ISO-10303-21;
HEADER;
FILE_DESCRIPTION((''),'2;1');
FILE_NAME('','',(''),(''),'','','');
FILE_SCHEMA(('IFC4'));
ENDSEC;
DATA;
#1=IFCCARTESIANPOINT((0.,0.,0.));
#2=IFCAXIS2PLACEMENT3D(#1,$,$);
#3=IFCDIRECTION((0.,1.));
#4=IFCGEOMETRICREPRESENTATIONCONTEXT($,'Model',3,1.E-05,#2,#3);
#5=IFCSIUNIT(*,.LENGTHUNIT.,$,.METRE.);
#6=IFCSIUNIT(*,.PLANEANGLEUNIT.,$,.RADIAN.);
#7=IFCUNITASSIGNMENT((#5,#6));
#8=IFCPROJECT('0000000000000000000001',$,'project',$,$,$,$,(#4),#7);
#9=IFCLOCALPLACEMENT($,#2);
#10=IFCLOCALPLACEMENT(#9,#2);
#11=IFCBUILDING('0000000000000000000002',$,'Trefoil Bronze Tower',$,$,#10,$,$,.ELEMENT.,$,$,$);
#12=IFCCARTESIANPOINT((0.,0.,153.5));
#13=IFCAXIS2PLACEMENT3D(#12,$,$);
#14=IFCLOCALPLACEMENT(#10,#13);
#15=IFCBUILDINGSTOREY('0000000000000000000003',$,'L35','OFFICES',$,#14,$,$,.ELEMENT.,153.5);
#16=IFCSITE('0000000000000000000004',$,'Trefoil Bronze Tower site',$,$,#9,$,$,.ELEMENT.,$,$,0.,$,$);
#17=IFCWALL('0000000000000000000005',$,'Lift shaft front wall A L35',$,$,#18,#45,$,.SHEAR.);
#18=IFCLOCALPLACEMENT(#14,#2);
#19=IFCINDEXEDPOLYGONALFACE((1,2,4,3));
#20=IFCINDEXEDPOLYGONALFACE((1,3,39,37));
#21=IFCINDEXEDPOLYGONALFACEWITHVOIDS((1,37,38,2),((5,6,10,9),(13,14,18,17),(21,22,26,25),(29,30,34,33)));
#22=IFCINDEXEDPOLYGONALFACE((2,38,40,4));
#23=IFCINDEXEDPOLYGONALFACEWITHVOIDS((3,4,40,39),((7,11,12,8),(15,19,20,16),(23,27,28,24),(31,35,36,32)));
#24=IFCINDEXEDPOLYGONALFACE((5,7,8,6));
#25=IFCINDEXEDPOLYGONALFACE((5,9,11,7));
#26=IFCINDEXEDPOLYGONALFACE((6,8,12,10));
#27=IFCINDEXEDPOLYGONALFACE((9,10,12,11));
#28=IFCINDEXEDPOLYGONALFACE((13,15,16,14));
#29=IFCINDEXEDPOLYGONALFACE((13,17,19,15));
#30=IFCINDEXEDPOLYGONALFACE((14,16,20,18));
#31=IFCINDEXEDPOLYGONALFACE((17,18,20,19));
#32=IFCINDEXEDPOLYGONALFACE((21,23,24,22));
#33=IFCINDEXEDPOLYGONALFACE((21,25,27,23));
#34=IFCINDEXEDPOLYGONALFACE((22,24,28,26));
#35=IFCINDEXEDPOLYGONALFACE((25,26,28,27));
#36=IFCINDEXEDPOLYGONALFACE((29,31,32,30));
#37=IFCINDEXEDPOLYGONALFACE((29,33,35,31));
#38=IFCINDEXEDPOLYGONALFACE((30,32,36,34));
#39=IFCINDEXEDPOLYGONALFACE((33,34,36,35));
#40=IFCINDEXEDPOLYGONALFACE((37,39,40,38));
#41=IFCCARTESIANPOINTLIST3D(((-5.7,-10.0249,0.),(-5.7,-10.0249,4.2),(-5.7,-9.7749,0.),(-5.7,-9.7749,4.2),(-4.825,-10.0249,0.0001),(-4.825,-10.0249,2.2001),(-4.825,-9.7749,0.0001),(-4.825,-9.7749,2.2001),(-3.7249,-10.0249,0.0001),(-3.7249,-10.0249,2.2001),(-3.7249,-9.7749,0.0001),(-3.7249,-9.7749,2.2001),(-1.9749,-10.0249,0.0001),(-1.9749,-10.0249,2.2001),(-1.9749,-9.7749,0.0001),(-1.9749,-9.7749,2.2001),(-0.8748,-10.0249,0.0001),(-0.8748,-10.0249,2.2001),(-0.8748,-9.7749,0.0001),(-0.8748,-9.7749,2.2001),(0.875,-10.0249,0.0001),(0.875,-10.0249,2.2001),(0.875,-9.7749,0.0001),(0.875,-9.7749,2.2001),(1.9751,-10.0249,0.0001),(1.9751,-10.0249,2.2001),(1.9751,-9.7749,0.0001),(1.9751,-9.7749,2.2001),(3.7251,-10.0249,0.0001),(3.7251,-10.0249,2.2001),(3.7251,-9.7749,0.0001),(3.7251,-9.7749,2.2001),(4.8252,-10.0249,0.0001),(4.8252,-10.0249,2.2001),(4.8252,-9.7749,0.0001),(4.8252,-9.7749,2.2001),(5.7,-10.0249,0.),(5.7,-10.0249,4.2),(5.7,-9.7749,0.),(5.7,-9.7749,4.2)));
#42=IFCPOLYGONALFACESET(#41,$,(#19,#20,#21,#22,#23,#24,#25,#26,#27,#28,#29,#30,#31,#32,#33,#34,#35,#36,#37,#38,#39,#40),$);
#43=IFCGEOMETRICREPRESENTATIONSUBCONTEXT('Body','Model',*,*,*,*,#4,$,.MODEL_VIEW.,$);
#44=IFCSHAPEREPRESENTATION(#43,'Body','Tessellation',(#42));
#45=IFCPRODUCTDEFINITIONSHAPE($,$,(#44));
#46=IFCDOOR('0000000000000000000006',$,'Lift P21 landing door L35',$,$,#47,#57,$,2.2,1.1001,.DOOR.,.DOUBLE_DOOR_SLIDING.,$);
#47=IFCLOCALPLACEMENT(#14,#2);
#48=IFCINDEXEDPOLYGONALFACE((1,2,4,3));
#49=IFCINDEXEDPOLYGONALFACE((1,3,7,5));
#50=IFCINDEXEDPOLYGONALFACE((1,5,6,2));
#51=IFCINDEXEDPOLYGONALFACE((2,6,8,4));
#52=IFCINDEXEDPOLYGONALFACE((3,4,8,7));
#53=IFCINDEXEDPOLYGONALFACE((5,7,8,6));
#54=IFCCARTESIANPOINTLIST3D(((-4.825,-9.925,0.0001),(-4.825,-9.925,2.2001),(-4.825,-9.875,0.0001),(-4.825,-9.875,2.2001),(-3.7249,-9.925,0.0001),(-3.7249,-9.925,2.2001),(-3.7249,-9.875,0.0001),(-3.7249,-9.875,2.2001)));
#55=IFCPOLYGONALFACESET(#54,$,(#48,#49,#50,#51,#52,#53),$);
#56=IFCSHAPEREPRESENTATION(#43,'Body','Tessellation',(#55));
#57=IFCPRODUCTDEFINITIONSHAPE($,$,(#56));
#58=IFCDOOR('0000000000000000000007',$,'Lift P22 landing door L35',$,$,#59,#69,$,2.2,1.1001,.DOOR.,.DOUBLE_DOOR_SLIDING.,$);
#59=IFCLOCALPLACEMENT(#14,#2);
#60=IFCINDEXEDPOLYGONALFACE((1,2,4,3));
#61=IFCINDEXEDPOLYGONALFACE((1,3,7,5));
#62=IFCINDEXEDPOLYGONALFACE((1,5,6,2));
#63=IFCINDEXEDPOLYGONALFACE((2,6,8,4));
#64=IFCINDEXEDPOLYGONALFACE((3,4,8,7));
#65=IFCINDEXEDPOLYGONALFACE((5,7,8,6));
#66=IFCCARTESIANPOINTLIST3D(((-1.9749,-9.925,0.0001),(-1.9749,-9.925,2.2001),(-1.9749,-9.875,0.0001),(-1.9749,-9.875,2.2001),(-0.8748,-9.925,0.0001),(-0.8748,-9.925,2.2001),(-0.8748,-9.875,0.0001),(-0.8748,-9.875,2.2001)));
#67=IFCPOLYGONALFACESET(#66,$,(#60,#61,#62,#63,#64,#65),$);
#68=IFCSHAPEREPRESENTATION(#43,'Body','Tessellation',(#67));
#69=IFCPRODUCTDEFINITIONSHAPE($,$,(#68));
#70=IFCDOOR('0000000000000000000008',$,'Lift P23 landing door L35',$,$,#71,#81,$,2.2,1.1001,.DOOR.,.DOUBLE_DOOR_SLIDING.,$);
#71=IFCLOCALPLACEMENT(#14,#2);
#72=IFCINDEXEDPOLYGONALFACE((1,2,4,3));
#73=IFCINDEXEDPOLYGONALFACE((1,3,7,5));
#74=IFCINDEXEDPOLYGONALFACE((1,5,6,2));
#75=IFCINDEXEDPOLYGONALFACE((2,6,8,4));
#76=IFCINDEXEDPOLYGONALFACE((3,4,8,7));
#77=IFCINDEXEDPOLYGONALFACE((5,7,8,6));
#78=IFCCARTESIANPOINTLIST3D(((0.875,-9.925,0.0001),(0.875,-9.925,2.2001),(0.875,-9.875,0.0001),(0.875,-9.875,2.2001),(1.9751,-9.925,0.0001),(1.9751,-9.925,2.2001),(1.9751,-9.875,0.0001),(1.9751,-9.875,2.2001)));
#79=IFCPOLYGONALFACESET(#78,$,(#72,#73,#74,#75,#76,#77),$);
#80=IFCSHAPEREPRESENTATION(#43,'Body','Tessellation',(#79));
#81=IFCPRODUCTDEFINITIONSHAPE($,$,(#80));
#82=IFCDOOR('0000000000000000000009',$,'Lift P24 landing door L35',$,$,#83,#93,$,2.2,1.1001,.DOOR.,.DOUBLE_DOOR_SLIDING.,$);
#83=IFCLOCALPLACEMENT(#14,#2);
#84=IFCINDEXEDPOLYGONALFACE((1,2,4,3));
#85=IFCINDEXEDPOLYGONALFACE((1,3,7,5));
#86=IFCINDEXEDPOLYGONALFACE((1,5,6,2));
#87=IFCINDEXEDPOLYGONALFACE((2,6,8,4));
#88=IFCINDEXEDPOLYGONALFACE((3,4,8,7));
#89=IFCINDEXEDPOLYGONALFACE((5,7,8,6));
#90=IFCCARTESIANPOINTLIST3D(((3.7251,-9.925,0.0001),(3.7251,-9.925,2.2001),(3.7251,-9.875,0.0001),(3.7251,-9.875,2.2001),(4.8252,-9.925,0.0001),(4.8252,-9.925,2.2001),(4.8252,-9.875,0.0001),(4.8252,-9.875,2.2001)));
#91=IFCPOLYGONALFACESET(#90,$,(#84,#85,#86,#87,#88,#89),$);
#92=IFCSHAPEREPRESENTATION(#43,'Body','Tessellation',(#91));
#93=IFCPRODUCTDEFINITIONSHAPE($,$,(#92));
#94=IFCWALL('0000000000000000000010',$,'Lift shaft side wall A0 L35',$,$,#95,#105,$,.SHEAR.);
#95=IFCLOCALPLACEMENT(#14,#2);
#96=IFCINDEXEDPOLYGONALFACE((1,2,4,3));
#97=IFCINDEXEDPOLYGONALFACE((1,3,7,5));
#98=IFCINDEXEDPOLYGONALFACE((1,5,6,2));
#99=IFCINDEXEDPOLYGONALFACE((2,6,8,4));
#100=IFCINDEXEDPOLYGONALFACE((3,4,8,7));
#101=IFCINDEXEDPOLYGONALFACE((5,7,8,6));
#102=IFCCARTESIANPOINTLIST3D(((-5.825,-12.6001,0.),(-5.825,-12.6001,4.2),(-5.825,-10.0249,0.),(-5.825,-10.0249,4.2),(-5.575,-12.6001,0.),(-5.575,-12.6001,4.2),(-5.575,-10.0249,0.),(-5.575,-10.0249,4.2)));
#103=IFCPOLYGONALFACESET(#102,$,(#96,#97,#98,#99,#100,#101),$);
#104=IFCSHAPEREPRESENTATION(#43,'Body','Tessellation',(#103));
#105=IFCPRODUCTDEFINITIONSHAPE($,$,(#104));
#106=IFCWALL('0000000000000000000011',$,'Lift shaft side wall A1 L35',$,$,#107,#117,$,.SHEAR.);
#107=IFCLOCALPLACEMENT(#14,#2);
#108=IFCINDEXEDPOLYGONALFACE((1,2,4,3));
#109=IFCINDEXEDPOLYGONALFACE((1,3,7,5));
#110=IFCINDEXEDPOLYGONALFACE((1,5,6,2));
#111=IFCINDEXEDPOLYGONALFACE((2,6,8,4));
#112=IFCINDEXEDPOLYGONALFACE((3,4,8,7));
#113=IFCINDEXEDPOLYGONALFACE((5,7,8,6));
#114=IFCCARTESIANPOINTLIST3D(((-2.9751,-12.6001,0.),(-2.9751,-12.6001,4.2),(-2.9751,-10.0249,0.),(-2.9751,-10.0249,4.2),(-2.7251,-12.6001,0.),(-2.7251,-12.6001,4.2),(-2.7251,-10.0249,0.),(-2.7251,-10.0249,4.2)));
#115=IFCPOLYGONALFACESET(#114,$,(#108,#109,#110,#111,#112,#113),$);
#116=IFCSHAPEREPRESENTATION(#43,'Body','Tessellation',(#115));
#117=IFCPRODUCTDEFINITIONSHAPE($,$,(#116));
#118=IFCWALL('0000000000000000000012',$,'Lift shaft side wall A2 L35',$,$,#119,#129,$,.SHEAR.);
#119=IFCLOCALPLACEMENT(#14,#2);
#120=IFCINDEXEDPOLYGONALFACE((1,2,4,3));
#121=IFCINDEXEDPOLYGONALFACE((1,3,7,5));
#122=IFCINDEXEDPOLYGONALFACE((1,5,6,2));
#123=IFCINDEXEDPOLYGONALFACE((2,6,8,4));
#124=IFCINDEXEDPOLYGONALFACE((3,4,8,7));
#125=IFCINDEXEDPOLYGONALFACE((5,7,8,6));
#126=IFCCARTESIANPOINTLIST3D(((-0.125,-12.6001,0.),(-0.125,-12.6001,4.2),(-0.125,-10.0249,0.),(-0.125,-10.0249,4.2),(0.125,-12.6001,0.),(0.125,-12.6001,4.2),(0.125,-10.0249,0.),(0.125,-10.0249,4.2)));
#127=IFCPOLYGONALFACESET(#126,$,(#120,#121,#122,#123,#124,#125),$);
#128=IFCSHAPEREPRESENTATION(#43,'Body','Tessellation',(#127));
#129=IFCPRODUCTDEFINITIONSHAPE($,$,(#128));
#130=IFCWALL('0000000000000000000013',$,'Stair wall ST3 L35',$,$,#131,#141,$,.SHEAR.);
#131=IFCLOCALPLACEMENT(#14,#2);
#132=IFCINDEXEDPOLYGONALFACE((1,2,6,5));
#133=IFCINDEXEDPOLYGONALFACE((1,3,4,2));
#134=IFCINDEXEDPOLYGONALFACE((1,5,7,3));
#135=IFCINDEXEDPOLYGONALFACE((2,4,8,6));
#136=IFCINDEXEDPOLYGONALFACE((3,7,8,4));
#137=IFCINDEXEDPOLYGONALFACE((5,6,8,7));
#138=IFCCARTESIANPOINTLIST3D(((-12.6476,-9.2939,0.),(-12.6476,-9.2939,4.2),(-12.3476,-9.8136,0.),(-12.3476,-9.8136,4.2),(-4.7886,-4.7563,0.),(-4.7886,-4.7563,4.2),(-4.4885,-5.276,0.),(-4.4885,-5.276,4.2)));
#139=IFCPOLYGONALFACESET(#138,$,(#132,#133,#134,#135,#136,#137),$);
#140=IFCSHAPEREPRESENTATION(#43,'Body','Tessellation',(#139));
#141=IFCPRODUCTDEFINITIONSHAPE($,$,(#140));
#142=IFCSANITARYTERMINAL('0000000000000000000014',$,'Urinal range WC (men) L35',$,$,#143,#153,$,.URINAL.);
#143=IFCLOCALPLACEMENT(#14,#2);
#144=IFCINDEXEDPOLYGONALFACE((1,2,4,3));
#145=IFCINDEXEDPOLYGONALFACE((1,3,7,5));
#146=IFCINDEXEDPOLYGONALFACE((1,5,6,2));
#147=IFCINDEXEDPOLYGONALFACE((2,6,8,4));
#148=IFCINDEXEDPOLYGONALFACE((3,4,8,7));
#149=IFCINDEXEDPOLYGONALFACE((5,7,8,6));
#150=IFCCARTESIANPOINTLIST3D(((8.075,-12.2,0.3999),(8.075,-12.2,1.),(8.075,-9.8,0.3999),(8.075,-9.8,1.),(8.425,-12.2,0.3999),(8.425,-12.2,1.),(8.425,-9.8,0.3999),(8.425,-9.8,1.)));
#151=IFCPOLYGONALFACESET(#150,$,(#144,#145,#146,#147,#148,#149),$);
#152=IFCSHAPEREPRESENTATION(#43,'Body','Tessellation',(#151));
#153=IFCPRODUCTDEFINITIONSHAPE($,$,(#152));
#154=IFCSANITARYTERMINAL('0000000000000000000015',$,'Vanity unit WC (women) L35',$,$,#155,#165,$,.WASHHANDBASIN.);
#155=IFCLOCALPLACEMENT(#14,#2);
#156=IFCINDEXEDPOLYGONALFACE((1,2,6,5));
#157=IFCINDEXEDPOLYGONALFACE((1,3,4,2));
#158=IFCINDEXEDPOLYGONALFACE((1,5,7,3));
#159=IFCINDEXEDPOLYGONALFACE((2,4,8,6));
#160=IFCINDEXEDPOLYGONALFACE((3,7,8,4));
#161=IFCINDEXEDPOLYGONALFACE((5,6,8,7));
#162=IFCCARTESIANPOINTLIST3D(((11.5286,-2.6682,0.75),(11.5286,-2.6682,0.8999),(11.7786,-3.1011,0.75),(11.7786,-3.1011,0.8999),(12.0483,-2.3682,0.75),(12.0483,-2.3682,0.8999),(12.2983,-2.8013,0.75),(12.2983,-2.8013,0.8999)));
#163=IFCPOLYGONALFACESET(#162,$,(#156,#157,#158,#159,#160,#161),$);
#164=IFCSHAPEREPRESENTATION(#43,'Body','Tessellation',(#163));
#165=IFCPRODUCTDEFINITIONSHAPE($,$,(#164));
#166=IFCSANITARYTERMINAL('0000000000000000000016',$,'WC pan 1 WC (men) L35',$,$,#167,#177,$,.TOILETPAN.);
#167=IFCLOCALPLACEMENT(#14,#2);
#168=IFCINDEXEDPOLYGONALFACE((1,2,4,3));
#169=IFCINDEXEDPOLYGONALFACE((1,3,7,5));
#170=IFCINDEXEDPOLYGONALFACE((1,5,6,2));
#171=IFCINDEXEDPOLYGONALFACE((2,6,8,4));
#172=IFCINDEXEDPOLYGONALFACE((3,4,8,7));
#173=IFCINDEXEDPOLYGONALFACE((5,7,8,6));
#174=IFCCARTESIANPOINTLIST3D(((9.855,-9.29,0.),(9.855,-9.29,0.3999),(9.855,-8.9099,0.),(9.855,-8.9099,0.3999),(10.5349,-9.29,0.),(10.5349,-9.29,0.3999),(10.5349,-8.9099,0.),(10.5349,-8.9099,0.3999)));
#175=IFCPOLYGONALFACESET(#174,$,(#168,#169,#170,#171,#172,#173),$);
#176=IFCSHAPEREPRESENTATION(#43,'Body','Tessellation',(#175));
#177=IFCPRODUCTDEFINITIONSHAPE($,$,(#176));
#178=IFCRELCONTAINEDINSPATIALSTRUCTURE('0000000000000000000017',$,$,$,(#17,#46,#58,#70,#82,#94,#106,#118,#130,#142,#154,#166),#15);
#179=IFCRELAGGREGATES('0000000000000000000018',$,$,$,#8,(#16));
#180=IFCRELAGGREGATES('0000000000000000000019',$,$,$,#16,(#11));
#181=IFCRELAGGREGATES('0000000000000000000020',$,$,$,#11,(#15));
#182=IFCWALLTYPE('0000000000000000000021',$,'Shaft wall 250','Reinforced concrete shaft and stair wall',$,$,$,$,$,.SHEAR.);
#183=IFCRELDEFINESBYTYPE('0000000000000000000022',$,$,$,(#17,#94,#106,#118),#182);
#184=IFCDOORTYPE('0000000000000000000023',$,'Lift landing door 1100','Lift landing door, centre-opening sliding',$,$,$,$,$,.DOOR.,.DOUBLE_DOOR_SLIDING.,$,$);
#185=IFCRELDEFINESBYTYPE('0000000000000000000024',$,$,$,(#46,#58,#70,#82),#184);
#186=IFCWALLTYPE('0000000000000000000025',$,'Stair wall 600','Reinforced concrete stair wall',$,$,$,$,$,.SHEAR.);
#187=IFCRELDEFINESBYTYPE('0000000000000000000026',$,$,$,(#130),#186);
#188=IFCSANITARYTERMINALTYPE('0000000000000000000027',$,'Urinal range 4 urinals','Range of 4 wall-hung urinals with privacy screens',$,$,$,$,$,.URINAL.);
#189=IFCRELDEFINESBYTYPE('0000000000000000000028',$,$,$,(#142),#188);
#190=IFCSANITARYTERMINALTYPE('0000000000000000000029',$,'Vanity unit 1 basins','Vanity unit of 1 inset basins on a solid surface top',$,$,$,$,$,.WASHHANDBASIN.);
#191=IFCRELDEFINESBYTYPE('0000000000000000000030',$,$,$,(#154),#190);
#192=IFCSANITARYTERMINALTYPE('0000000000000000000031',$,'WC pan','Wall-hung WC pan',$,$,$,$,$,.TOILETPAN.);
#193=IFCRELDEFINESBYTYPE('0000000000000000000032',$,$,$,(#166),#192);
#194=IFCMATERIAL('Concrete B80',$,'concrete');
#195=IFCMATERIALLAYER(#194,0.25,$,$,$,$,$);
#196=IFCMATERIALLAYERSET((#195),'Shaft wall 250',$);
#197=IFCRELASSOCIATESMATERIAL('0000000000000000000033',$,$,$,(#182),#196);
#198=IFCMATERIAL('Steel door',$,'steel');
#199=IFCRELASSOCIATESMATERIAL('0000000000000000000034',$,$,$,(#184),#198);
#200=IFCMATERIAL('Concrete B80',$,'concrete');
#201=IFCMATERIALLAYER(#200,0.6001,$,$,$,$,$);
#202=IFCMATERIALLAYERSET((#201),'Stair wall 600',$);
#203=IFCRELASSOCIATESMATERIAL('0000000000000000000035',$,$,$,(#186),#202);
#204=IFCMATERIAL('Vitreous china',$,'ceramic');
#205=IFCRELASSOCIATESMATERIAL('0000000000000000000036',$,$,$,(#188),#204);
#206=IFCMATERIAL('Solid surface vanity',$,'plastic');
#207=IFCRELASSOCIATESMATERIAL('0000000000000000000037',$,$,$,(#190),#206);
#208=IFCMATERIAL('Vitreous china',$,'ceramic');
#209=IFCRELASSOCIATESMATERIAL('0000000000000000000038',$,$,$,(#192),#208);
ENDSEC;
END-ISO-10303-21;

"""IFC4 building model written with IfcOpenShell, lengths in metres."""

from ifc_helpers import new_model, si_unit, direction, frame, frame_2d, origin, place, context, subcontext, project, spatial, polyline, rectangle, outline, extrude, material, layer, layer_set, type_object, element, fill, save


model = new_model("IFC4")

# Units and contexts
model_context = context("Model", 3, precision=1e-05, world=origin(), true_north=direction((0.0, 1.0)))
body_context = subcontext(model_context, "Body", "Model", "MODEL_VIEW")
ifc_project = project(units=[si_unit("LENGTHUNIT", "METRE"), si_unit("PLANEANGLEUNIT", "RADIAN")], contexts=[model_context])

# Site, building, storey
site_placement = place(None, origin())
site = spatial("IfcSite", under=ifc_project, at=site_placement, Name="Trefoil Bronze Tower site", CompositionType="ELEMENT", RefElevation=0.0)
building_placement = place(site_placement, origin())
building = spatial("IfcBuilding", under=site, at=building_placement, Name="Trefoil Bronze Tower", CompositionType="ELEMENT")
storey_placement = place(building_placement, frame((0.0, 0.0, 153.5)))
storey = spatial("IfcBuildingStorey", under=building, at=storey_placement, Name="L35", Description="OFFICES", CompositionType="ELEMENT", Elevation=153.5)

# Wall, openings, doors
ifc_material_1 = material(Name="Concrete B80", Category="concrete")
ifc_layer_1 = layer(ifc_material_1, 0.25)
ifc_layer_set_1 = layer_set([ifc_layer_1], Name="Shaft wall 250")
wall_type_1 = type_object("IfcWallType", Name="Shaft wall 250", Description="Reinforced concrete shaft and stair wall", PredefinedType="SHEAR", material=ifc_layer_set_1)
wall_1_placement = place(storey_placement, frame((-5.7, -9.8999, 0.0), z_axis=(0.0, 0.0, 1.0), x_axis=(1.0, 0.0, 0.0)))
wall_1 = element("IfcWall", 1, at=wall_1_placement, inside=storey, type_object=wall_type_1, Name="Lift shaft front wall A L35", PredefinedType="SHEAR", context=body_context, shape_type="SweptSolid", body=[
    extrude(rectangle(XDim=11.3999, YDim=0.25, at=frame_2d((5.7, 0.0))), origin(), (0.0, 0.0, 1.0), 4.2),
])
opening_1_placement = place(wall_1_placement, frame((0.875, 0.0, 0.0)))
opening_1 = element("IfcOpeningElement", 2, at=opening_1_placement, cuts=wall_1, PredefinedType="OPENING", context=body_context, shape_type="SweptSolid", body=[
    extrude(rectangle(XDim=1.1001, YDim=2.2, at=frame_2d((0.55, 1.1001))), frame((0.0, 0.135, 0.0), z_axis=(0.0, -1.0, 0.0), x_axis=(1.0, 0.0, 0.0)), (0.0, 0.0, 1.0), 0.27),
])
opening_2_placement = place(wall_1_placement, frame((3.7251, 0.0, 0.0)))
opening_2 = element("IfcOpeningElement", 3, at=opening_2_placement, cuts=wall_1, PredefinedType="OPENING", context=body_context, shape_type="SweptSolid", body=[
    extrude(rectangle(XDim=1.1001, YDim=2.2, at=frame_2d((0.55, 1.1001))), frame((0.0, 0.135, 0.0), z_axis=(0.0, -1.0, 0.0), x_axis=(1.0, 0.0, 0.0)), (0.0, 0.0, 1.0), 0.27),
])
opening_3_placement = place(wall_1_placement, frame((6.575, 0.0, 0.0)))
opening_3 = element("IfcOpeningElement", 4, at=opening_3_placement, cuts=wall_1, PredefinedType="OPENING", context=body_context, shape_type="SweptSolid", body=[
    extrude(rectangle(XDim=1.1001, YDim=2.2, at=frame_2d((0.55, 1.1001))), frame((0.0, 0.135, 0.0), z_axis=(0.0, -1.0, 0.0), x_axis=(1.0, 0.0, 0.0)), (0.0, 0.0, 1.0), 0.27),
])
opening_4_placement = place(wall_1_placement, frame((9.425, 0.0, 0.0)))
opening_4 = element("IfcOpeningElement", 5, at=opening_4_placement, cuts=wall_1, PredefinedType="OPENING", context=body_context, shape_type="SweptSolid", body=[
    extrude(rectangle(XDim=1.1001, YDim=2.2, at=frame_2d((0.55, 1.1001))), frame((0.0, 0.135, 0.0), z_axis=(0.0, -1.0, 0.0), x_axis=(1.0, 0.0, 0.0)), (0.0, 0.0, 1.0), 0.27),
])
ifc_material_2 = material(Name="Steel door", Category="steel")
door_type_1 = type_object("IfcDoorType", Name="Lift landing door 1100", Description="Lift landing door, centre-opening sliding", OperationType="DOUBLE_DOOR_SLIDING", PredefinedType="DOOR", material=ifc_material_2)
door_1_placement = place(opening_1_placement, origin())
door_1 = element("IfcDoor", 6, at=door_1_placement, inside=storey, type_object=door_type_1, Name="Lift P21 landing door L35", OperationType="DOUBLE_DOOR_SLIDING", OverallHeight=2.2, OverallWidth=1.1001, PredefinedType="DOOR", context=body_context, shape_type="SweptSolid", body=[
    extrude(rectangle(XDim=1.1001, YDim=2.2, at=frame_2d((0.55, 1.1001))), frame((0.0, 0.0249, 0.0), z_axis=(0.0, -1.0, 0.0), x_axis=(1.0, 0.0, 0.0)), (0.0, 0.0, 1.0), 0.05),
])
fill(opening_1, door_1)
door_2_placement = place(opening_2_placement, origin())
door_2 = element("IfcDoor", 7, at=door_2_placement, inside=storey, type_object=door_type_1, Name="Lift P22 landing door L35", OperationType="DOUBLE_DOOR_SLIDING", OverallHeight=2.2, OverallWidth=1.1001, PredefinedType="DOOR", context=body_context, shape_type="SweptSolid", body=[
    extrude(rectangle(XDim=1.1001, YDim=2.2, at=frame_2d((0.55, 1.1001))), frame((0.0, 0.0249, 0.0), z_axis=(0.0, -1.0, 0.0), x_axis=(1.0, 0.0, 0.0)), (0.0, 0.0, 1.0), 0.05),
])
fill(opening_2, door_2)
door_3_placement = place(opening_3_placement, origin())
door_3 = element("IfcDoor", 8, at=door_3_placement, inside=storey, type_object=door_type_1, Name="Lift P23 landing door L35", OperationType="DOUBLE_DOOR_SLIDING", OverallHeight=2.2, OverallWidth=1.1001, PredefinedType="DOOR", context=body_context, shape_type="SweptSolid", body=[
    extrude(rectangle(XDim=1.1001, YDim=2.2, at=frame_2d((0.55, 1.1001))), frame((0.0, 0.0249, 0.0), z_axis=(0.0, -1.0, 0.0), x_axis=(1.0, 0.0, 0.0)), (0.0, 0.0, 1.0), 0.05),
])
fill(opening_3, door_3)
door_4_placement = place(opening_4_placement, origin())
door_4 = element("IfcDoor", 9, at=door_4_placement, inside=storey, type_object=door_type_1, Name="Lift P24 landing door L35", OperationType="DOUBLE_DOOR_SLIDING", OverallHeight=2.2, OverallWidth=1.1001, PredefinedType="DOOR", context=body_context, shape_type="SweptSolid", body=[
    extrude(rectangle(XDim=1.1001, YDim=2.2, at=frame_2d((0.55, 1.1001))), frame((0.0, 0.0249, 0.0), z_axis=(0.0, -1.0, 0.0), x_axis=(1.0, 0.0, 0.0)), (0.0, 0.0, 1.0), 0.05),
])
fill(opening_4, door_4)

# Walls
for number, where, z_axis, x_axis, name in (
    (10, (-5.7, -10.0249, 0.0), (0.0, 0.0, 1.0), (0.0, -1.0, 0.0), "Lift shaft side wall A0 L35"),
    (11, (-2.8501, -10.0249, 0.0), (0.0, 0.0, 1.0), (0.0, -1.0, 0.0), "Lift shaft side wall A1 L35"),
    (12, (0.0, -10.0249, 0.0), (0.0, 0.0, 1.0), (0.0, -1.0, 0.0), "Lift shaft side wall A2 L35"),
):
    element("IfcWall", number, at=place(storey_placement, frame(where, z_axis=z_axis, x_axis=x_axis)), inside=storey, type_object=wall_type_1, Name=name, PredefinedType="SHEAR", context=body_context, shape_type="SweptSolid", body=[
        extrude(rectangle(XDim=2.5752, YDim=0.25, at=frame_2d((1.2876, 0.0))), origin(), (0.0, 0.0, 1.0), 4.2),
    ])
ifc_material_3 = material(Name="Concrete B80", Category="concrete")
ifc_layer_2 = layer(ifc_material_3, 0.6001)
ifc_layer_set_2 = layer_set([ifc_layer_2], Name="Stair wall 600")
wall_type_2 = type_object("IfcWallType", Name="Stair wall 600", Description="Reinforced concrete stair wall", PredefinedType="SHEAR", material=ifc_layer_set_2)
wall_2_placement = place(storey_placement, frame((-4.6384, -5.0161, 0.0), z_axis=(0.0, 0.0, 1.0), x_axis=(-0.866019, -0.50001, 0.0)))
element("IfcWall", 13, at=wall_2_placement, inside=storey, type_object=wall_type_2, Name="Stair wall ST3 L35", PredefinedType="SHEAR", context=body_context, shape_type="SweptSolid", body=[
    extrude(rectangle(XDim=9.075, YDim=0.6001, at=frame_2d((4.5376, 0.0))), origin(), (0.0, 0.0, 1.0), 4.2),
])

# Sanitary terminals
ifc_material_4 = material(Name="Vitreous china", Category="ceramic")
sanitary_terminal_type_1 = type_object("IfcSanitaryTerminalType", Name="Urinal range 4 urinals", Description="Range of 4 wall-hung urinals with privacy screens", PredefinedType="URINAL", material=ifc_material_4)
sanitary_terminal_1_placement = place(storey_placement, frame((0.0, 0.0, 0.3999)))
element("IfcSanitaryTerminal", 14, at=sanitary_terminal_1_placement, inside=storey, type_object=sanitary_terminal_type_1, Name="Urinal range WC (men) L35", PredefinedType="URINAL", context=body_context, shape_type="SweptSolid", body=[
    extrude(outline(polyline([(8.075, -9.8), (8.425, -9.8), (8.425, -12.2), (8.075, -12.2), (8.075, -9.8)])), origin(), (0.0, 0.0, 1.0), 0.6001),
])
ifc_material_5 = material(Name="Solid surface vanity", Category="plastic")
sanitary_terminal_type_2 = type_object("IfcSanitaryTerminalType", Name="Vanity unit 1 basins", Description="Vanity unit of 1 inset basins on a solid surface top", PredefinedType="WASHHANDBASIN", material=ifc_material_5)
sanitary_terminal_2_placement = place(storey_placement, frame((0.0, 0.0, 0.75)))
element("IfcSanitaryTerminal", 15, at=sanitary_terminal_2_placement, inside=storey, type_object=sanitary_terminal_type_2, Name="Vanity unit WC (women) L35", PredefinedType="WASHHANDBASIN", context=body_context, shape_type="SweptSolid", body=[
    extrude(outline(polyline([(11.5286, -2.6682), (11.7786, -3.1011), (12.2983, -2.8013), (12.0483, -2.3682), (11.5286, -2.6682)])), origin(), (0.0, 0.0, 1.0), 0.1499),
])
ifc_material_6 = material(Name="Vitreous china", Category="ceramic")
sanitary_terminal_type_3 = type_object("IfcSanitaryTerminalType", Name="WC pan", Description="Wall-hung WC pan", PredefinedType="TOILETPAN", material=ifc_material_6)
sanitary_terminal_3_placement = place(storey_placement, origin())
element("IfcSanitaryTerminal", 16, at=sanitary_terminal_3_placement, inside=storey, type_object=sanitary_terminal_type_3, Name="WC pan 1 WC (men) L35", PredefinedType="TOILETPAN", context=body_context, shape_type="SweptSolid", body=[
    extrude(outline(polyline([(9.855, -8.9099), (10.5349, -8.9099), (10.5349, -9.29), (9.855, -9.29), (9.855, -8.9099)])), origin(), (0.0, 0.0, 1.0), 0.3999),
])

save(model, "model.ifc")
